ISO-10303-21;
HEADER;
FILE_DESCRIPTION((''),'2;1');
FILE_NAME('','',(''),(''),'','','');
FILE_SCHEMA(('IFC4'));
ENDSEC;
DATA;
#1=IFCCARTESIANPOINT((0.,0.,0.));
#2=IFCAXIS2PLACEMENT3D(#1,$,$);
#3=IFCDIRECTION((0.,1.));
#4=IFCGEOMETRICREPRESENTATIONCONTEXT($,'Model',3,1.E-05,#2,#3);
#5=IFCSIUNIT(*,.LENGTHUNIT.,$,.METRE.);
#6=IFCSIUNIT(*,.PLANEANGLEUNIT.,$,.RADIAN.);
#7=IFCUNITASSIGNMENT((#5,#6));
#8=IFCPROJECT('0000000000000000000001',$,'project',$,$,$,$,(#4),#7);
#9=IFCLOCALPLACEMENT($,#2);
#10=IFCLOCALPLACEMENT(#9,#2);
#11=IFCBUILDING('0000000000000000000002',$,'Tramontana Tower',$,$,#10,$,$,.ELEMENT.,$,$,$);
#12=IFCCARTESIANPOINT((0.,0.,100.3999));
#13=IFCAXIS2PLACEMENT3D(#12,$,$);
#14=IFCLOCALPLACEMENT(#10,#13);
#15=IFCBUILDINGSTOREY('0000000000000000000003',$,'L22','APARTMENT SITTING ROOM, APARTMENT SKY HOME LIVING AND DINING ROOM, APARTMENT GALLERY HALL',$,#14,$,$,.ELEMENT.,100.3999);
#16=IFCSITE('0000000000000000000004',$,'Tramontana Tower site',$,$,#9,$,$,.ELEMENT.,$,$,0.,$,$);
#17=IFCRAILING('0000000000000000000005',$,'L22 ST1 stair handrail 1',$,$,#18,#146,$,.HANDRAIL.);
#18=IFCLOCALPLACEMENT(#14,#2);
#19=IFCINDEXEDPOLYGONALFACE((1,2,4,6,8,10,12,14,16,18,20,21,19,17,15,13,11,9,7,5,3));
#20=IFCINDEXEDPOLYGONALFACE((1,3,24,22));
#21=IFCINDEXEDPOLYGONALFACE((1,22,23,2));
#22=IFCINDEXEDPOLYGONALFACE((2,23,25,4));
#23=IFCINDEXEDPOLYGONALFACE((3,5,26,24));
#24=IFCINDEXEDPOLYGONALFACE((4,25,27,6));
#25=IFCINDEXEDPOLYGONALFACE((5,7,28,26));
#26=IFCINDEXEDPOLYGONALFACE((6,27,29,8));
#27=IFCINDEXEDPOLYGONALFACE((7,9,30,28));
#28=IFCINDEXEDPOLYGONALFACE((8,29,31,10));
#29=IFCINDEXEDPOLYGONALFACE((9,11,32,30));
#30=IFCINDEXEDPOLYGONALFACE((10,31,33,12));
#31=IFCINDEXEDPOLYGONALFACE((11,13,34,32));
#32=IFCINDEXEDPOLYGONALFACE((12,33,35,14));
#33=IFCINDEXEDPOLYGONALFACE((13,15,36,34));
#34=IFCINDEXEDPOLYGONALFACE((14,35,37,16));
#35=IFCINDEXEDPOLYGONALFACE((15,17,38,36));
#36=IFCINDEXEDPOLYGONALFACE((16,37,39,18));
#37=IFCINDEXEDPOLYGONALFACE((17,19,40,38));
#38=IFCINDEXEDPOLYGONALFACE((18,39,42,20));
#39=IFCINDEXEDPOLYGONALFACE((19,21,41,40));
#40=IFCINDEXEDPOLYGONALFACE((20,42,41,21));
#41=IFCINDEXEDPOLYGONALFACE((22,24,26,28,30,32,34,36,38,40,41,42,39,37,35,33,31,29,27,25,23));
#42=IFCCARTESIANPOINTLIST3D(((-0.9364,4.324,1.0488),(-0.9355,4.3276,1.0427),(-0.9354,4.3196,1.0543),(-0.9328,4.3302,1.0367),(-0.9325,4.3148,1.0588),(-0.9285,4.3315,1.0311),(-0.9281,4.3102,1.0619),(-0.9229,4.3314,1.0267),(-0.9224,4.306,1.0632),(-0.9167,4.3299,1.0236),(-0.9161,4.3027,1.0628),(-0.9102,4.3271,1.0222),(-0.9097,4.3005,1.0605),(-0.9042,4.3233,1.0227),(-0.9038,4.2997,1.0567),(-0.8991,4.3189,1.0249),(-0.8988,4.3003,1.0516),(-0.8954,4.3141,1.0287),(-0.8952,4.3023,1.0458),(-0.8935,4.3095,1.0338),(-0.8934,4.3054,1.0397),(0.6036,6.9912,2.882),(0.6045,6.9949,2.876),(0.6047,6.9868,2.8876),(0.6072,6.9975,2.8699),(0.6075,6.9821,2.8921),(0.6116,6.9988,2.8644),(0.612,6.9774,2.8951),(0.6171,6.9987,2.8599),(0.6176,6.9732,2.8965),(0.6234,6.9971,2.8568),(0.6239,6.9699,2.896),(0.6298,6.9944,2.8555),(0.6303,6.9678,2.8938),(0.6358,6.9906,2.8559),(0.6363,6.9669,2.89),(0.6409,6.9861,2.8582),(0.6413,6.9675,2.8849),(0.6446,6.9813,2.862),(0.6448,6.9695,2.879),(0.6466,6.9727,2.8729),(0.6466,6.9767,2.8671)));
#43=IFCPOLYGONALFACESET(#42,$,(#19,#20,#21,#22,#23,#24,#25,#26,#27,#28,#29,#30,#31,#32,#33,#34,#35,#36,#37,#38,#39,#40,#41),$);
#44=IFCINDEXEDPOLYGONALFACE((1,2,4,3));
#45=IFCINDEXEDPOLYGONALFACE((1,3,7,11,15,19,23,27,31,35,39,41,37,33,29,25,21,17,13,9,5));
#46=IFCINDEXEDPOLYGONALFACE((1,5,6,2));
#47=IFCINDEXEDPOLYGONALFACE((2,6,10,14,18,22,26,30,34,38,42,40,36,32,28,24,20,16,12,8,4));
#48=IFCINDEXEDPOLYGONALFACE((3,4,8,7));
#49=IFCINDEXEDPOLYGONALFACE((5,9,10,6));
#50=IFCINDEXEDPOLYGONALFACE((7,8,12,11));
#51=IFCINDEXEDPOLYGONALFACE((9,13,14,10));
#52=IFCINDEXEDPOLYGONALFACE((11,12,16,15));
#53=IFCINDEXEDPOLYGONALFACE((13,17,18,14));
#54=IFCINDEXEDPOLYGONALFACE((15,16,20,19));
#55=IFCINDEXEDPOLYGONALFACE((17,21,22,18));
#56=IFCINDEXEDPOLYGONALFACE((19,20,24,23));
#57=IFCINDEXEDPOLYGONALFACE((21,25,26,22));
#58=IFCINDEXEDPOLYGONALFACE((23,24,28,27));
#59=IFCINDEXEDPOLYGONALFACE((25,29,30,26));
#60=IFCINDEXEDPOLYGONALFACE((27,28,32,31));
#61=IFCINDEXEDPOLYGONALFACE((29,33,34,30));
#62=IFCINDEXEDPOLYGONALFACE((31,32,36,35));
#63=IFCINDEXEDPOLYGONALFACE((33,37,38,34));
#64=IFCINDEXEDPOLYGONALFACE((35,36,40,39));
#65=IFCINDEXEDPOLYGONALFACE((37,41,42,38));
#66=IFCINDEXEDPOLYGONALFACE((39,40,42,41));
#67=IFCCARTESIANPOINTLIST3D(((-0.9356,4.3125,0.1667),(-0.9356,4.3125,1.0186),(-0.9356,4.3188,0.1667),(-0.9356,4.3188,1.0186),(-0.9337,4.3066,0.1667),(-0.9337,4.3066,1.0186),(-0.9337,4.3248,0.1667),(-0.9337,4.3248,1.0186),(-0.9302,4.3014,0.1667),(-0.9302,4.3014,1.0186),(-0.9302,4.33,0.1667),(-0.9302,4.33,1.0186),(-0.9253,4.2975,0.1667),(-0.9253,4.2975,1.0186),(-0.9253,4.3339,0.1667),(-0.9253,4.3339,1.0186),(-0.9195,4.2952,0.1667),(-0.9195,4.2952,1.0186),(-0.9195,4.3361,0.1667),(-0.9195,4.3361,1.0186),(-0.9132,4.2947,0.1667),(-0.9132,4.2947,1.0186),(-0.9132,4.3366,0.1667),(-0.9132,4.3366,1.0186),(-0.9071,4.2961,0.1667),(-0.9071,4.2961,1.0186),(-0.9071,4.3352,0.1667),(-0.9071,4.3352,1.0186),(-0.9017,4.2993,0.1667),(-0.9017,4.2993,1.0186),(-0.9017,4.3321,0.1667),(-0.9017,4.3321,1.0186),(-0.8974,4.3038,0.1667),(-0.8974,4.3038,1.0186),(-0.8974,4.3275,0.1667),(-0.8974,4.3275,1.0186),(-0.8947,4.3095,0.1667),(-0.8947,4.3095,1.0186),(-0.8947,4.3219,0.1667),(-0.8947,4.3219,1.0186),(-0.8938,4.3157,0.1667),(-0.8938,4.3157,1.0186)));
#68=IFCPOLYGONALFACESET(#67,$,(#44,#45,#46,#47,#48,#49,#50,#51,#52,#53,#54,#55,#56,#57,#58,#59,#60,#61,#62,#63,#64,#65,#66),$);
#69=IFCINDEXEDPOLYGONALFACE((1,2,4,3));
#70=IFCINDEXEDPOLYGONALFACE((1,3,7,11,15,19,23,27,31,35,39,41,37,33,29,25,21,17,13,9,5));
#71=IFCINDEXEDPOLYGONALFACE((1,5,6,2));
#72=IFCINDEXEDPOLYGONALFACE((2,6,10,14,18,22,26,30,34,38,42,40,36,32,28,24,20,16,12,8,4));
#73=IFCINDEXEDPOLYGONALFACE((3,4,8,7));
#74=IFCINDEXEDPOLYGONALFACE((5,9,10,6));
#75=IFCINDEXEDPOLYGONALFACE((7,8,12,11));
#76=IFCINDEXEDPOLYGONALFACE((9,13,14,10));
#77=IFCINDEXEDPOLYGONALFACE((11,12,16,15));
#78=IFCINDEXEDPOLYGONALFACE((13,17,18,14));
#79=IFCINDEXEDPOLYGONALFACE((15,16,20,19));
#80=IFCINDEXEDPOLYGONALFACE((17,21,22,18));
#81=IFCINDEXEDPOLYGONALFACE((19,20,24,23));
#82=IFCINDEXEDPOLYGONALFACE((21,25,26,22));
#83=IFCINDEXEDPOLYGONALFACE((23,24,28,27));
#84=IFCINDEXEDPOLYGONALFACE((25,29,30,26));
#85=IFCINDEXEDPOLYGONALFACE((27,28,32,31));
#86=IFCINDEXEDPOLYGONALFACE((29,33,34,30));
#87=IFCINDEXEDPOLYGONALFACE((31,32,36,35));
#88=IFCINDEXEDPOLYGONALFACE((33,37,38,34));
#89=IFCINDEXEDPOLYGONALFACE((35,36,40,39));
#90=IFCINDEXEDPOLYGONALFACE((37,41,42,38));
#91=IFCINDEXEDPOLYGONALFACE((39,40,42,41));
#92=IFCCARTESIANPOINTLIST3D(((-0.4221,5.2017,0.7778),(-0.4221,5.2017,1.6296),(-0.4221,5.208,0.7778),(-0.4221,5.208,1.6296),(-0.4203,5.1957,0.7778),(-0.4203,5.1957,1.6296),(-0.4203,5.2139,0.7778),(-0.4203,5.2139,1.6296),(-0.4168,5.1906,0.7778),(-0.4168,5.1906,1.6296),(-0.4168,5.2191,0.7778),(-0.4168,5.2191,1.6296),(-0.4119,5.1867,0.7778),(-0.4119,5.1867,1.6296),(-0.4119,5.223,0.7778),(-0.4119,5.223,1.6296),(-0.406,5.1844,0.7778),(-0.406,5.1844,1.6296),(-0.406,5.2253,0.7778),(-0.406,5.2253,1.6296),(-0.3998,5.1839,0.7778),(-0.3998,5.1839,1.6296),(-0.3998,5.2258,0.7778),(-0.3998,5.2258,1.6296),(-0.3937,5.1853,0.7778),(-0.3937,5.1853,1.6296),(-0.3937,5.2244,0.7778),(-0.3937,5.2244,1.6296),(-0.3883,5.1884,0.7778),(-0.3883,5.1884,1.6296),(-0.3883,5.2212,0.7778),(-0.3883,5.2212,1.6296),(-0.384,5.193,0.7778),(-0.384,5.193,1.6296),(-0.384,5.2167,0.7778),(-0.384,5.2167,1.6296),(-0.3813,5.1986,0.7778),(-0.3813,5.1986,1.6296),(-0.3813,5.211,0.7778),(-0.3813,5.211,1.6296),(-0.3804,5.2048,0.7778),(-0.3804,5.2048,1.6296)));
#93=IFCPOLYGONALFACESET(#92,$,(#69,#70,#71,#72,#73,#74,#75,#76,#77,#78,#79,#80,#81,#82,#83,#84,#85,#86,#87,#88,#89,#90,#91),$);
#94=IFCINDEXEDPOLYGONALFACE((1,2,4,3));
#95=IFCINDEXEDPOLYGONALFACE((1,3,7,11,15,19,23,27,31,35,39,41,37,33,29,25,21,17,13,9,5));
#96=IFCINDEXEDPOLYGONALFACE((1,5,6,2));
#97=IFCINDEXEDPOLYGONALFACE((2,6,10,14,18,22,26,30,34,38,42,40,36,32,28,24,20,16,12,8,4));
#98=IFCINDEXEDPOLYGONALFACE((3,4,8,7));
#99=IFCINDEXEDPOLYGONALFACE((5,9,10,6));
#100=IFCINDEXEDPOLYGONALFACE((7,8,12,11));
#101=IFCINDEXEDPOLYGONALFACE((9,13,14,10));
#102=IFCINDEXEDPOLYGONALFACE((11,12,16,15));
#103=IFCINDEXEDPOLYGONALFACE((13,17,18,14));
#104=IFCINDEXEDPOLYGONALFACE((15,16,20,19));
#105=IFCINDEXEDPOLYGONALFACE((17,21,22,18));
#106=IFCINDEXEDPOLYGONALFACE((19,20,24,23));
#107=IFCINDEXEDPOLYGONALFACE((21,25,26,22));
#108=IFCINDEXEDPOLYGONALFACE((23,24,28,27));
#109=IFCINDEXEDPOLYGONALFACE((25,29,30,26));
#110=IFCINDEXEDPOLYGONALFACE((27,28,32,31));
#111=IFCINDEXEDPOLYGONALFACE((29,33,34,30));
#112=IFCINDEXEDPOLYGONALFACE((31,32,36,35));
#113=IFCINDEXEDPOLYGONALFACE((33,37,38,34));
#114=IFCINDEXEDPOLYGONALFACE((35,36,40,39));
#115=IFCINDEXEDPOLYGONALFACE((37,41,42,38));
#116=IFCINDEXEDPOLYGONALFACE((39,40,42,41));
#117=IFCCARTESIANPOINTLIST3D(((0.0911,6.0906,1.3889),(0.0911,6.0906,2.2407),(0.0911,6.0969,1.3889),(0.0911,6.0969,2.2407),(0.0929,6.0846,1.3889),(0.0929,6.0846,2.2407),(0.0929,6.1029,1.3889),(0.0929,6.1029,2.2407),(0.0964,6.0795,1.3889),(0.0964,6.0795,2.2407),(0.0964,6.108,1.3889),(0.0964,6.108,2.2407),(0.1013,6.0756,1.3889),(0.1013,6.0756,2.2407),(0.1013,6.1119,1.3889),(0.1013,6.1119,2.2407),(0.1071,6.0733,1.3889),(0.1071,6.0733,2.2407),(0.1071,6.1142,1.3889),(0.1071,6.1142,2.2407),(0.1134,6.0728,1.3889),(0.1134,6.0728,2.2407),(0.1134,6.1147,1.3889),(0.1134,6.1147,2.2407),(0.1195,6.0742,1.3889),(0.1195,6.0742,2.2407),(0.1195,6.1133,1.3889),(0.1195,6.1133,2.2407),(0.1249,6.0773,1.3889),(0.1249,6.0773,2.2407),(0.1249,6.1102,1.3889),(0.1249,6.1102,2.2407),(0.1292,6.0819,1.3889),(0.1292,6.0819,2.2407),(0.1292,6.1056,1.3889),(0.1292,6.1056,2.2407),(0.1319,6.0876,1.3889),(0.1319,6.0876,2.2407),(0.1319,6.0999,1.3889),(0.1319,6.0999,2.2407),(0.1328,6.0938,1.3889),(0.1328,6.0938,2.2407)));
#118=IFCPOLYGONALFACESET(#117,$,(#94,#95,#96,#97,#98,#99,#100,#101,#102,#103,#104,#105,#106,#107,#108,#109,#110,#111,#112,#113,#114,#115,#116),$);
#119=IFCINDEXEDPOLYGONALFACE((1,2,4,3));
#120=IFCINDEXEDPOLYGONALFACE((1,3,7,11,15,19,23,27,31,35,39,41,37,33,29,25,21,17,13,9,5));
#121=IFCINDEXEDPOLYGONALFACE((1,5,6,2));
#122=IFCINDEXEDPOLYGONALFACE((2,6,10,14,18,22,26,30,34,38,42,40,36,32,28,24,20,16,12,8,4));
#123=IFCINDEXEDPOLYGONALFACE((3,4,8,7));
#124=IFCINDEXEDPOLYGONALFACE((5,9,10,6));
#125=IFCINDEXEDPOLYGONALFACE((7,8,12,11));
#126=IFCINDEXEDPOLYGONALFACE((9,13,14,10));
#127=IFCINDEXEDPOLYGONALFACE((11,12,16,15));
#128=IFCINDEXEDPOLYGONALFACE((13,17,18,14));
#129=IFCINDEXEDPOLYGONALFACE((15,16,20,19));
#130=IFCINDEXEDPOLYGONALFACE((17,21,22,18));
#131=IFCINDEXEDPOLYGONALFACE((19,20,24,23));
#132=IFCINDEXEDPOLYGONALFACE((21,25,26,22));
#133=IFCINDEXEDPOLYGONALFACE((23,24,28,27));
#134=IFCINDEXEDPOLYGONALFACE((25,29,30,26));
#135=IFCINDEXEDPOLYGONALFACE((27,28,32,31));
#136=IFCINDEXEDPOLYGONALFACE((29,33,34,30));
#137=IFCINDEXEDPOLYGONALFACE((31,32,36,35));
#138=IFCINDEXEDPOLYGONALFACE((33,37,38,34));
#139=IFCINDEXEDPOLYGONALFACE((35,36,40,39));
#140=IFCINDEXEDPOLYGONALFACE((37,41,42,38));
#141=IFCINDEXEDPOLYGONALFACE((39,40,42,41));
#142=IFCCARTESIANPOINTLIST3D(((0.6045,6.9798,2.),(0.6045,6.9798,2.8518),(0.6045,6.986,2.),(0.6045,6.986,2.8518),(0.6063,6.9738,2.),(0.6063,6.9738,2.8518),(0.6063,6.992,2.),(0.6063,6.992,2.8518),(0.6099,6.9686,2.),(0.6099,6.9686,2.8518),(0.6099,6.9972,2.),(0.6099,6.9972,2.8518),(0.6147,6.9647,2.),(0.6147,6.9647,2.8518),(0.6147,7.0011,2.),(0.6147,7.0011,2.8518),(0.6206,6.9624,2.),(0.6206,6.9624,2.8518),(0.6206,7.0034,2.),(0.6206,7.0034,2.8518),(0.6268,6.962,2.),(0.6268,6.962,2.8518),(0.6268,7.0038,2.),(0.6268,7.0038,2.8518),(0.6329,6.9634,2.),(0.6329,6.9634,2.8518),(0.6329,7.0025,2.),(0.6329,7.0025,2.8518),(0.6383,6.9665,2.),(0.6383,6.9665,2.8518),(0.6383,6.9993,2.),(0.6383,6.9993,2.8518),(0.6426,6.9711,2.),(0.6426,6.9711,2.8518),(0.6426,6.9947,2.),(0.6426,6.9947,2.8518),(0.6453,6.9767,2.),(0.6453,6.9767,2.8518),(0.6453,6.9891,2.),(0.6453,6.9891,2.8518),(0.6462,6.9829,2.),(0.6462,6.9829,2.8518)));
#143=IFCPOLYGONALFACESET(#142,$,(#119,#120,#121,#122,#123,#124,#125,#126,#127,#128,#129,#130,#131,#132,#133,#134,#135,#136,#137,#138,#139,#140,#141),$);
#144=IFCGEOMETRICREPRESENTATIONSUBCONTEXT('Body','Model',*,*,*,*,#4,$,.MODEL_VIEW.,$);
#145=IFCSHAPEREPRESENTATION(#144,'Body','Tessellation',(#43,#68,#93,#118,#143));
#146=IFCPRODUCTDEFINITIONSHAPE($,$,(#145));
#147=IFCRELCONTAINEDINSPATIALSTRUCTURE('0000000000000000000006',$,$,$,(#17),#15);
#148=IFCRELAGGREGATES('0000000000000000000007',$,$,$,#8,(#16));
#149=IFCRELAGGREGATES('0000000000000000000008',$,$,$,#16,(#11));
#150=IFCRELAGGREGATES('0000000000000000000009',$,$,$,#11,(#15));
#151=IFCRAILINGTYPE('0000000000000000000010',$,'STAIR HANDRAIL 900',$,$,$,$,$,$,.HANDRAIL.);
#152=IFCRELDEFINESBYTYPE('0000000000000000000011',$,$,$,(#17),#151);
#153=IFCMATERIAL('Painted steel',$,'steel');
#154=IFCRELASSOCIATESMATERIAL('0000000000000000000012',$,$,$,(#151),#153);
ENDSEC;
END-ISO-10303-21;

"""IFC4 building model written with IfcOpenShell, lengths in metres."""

from ifc_helpers import new_model, si_unit, direction, frame, origin, origin_2d, place, context, subcontext, project, spatial, circle, extrude, material, type_object, element, save


model = new_model("IFC4")

# Units and contexts
model_context = context("Model", 3, precision=1e-05, world=origin(), true_north=direction((0.0, 1.0)))
body_context = subcontext(model_context, "Body", "Model", "MODEL_VIEW")
ifc_project = project(units=[si_unit("LENGTHUNIT", "METRE"), si_unit("PLANEANGLEUNIT", "RADIAN")], contexts=[model_context])

# Site, building, storey
site_placement = place(None, origin())
site = spatial("IfcSite", under=ifc_project, at=site_placement, Name="Tramontana Tower site", CompositionType="ELEMENT", RefElevation=0.0)
building_placement = place(site_placement, origin())
building = spatial("IfcBuilding", under=site, at=building_placement, Name="Tramontana Tower", CompositionType="ELEMENT")
storey_placement = place(building_placement, frame((0.0, 0.0, 100.3999)))
storey = spatial("IfcBuildingStorey", under=building, at=storey_placement, Name="L22", Description="APARTMENT SITTING ROOM, APARTMENT SKY HOME LIVING AND DINING ROOM, APARTMENT GALLERY HALL", CompositionType="ELEMENT", Elevation=100.3999)

# Railing
ifc_material_1 = material(Name="Painted steel", Category="steel")
railing_type_1 = type_object("IfcRailingType", Name="STAIR HANDRAIL 900", PredefinedType="HANDRAIL", material=ifc_material_1)
railing_1_placement = place(storey_placement, frame((-0.9148, 4.3157, 0.1667)))
element("IfcRailing", 1, at=railing_1_placement, inside=storey, type_object=railing_type_1, Name="L22 ST1 stair handrail 1", PredefinedType="HANDRAIL", context=body_context, shape_type="SweptSolid", body=[
    extrude(circle(Radius=0.0239, at=origin_2d()), frame((0.0, 0.0, 0.876), z_axis=(0.429671, 0.744159, 0.511478), x_axis=(-0.86601, 0.500027, 0.0)), (0.0, 0.0, 1.0), 3.5842),
    extrude(circle(Radius=0.021, at=origin_2d()), origin(), (0.0, 0.0, 1.0), 0.8518),
    extrude(circle(Radius=0.021, at=origin_2d()), frame((0.5134, 0.8892, 0.6111)), (0.0, 0.0, 1.0), 0.8518),
    extrude(circle(Radius=0.021, at=origin_2d()), frame((1.0266, 1.7781, 1.2222)), (0.0, 0.0, 1.0), 0.8518),
    extrude(circle(Radius=0.021, at=origin_2d()), frame((1.54, 2.6672, 1.8333)), (0.0, 0.0, 1.0), 0.8518),
])

save(model, "model.ifc")
